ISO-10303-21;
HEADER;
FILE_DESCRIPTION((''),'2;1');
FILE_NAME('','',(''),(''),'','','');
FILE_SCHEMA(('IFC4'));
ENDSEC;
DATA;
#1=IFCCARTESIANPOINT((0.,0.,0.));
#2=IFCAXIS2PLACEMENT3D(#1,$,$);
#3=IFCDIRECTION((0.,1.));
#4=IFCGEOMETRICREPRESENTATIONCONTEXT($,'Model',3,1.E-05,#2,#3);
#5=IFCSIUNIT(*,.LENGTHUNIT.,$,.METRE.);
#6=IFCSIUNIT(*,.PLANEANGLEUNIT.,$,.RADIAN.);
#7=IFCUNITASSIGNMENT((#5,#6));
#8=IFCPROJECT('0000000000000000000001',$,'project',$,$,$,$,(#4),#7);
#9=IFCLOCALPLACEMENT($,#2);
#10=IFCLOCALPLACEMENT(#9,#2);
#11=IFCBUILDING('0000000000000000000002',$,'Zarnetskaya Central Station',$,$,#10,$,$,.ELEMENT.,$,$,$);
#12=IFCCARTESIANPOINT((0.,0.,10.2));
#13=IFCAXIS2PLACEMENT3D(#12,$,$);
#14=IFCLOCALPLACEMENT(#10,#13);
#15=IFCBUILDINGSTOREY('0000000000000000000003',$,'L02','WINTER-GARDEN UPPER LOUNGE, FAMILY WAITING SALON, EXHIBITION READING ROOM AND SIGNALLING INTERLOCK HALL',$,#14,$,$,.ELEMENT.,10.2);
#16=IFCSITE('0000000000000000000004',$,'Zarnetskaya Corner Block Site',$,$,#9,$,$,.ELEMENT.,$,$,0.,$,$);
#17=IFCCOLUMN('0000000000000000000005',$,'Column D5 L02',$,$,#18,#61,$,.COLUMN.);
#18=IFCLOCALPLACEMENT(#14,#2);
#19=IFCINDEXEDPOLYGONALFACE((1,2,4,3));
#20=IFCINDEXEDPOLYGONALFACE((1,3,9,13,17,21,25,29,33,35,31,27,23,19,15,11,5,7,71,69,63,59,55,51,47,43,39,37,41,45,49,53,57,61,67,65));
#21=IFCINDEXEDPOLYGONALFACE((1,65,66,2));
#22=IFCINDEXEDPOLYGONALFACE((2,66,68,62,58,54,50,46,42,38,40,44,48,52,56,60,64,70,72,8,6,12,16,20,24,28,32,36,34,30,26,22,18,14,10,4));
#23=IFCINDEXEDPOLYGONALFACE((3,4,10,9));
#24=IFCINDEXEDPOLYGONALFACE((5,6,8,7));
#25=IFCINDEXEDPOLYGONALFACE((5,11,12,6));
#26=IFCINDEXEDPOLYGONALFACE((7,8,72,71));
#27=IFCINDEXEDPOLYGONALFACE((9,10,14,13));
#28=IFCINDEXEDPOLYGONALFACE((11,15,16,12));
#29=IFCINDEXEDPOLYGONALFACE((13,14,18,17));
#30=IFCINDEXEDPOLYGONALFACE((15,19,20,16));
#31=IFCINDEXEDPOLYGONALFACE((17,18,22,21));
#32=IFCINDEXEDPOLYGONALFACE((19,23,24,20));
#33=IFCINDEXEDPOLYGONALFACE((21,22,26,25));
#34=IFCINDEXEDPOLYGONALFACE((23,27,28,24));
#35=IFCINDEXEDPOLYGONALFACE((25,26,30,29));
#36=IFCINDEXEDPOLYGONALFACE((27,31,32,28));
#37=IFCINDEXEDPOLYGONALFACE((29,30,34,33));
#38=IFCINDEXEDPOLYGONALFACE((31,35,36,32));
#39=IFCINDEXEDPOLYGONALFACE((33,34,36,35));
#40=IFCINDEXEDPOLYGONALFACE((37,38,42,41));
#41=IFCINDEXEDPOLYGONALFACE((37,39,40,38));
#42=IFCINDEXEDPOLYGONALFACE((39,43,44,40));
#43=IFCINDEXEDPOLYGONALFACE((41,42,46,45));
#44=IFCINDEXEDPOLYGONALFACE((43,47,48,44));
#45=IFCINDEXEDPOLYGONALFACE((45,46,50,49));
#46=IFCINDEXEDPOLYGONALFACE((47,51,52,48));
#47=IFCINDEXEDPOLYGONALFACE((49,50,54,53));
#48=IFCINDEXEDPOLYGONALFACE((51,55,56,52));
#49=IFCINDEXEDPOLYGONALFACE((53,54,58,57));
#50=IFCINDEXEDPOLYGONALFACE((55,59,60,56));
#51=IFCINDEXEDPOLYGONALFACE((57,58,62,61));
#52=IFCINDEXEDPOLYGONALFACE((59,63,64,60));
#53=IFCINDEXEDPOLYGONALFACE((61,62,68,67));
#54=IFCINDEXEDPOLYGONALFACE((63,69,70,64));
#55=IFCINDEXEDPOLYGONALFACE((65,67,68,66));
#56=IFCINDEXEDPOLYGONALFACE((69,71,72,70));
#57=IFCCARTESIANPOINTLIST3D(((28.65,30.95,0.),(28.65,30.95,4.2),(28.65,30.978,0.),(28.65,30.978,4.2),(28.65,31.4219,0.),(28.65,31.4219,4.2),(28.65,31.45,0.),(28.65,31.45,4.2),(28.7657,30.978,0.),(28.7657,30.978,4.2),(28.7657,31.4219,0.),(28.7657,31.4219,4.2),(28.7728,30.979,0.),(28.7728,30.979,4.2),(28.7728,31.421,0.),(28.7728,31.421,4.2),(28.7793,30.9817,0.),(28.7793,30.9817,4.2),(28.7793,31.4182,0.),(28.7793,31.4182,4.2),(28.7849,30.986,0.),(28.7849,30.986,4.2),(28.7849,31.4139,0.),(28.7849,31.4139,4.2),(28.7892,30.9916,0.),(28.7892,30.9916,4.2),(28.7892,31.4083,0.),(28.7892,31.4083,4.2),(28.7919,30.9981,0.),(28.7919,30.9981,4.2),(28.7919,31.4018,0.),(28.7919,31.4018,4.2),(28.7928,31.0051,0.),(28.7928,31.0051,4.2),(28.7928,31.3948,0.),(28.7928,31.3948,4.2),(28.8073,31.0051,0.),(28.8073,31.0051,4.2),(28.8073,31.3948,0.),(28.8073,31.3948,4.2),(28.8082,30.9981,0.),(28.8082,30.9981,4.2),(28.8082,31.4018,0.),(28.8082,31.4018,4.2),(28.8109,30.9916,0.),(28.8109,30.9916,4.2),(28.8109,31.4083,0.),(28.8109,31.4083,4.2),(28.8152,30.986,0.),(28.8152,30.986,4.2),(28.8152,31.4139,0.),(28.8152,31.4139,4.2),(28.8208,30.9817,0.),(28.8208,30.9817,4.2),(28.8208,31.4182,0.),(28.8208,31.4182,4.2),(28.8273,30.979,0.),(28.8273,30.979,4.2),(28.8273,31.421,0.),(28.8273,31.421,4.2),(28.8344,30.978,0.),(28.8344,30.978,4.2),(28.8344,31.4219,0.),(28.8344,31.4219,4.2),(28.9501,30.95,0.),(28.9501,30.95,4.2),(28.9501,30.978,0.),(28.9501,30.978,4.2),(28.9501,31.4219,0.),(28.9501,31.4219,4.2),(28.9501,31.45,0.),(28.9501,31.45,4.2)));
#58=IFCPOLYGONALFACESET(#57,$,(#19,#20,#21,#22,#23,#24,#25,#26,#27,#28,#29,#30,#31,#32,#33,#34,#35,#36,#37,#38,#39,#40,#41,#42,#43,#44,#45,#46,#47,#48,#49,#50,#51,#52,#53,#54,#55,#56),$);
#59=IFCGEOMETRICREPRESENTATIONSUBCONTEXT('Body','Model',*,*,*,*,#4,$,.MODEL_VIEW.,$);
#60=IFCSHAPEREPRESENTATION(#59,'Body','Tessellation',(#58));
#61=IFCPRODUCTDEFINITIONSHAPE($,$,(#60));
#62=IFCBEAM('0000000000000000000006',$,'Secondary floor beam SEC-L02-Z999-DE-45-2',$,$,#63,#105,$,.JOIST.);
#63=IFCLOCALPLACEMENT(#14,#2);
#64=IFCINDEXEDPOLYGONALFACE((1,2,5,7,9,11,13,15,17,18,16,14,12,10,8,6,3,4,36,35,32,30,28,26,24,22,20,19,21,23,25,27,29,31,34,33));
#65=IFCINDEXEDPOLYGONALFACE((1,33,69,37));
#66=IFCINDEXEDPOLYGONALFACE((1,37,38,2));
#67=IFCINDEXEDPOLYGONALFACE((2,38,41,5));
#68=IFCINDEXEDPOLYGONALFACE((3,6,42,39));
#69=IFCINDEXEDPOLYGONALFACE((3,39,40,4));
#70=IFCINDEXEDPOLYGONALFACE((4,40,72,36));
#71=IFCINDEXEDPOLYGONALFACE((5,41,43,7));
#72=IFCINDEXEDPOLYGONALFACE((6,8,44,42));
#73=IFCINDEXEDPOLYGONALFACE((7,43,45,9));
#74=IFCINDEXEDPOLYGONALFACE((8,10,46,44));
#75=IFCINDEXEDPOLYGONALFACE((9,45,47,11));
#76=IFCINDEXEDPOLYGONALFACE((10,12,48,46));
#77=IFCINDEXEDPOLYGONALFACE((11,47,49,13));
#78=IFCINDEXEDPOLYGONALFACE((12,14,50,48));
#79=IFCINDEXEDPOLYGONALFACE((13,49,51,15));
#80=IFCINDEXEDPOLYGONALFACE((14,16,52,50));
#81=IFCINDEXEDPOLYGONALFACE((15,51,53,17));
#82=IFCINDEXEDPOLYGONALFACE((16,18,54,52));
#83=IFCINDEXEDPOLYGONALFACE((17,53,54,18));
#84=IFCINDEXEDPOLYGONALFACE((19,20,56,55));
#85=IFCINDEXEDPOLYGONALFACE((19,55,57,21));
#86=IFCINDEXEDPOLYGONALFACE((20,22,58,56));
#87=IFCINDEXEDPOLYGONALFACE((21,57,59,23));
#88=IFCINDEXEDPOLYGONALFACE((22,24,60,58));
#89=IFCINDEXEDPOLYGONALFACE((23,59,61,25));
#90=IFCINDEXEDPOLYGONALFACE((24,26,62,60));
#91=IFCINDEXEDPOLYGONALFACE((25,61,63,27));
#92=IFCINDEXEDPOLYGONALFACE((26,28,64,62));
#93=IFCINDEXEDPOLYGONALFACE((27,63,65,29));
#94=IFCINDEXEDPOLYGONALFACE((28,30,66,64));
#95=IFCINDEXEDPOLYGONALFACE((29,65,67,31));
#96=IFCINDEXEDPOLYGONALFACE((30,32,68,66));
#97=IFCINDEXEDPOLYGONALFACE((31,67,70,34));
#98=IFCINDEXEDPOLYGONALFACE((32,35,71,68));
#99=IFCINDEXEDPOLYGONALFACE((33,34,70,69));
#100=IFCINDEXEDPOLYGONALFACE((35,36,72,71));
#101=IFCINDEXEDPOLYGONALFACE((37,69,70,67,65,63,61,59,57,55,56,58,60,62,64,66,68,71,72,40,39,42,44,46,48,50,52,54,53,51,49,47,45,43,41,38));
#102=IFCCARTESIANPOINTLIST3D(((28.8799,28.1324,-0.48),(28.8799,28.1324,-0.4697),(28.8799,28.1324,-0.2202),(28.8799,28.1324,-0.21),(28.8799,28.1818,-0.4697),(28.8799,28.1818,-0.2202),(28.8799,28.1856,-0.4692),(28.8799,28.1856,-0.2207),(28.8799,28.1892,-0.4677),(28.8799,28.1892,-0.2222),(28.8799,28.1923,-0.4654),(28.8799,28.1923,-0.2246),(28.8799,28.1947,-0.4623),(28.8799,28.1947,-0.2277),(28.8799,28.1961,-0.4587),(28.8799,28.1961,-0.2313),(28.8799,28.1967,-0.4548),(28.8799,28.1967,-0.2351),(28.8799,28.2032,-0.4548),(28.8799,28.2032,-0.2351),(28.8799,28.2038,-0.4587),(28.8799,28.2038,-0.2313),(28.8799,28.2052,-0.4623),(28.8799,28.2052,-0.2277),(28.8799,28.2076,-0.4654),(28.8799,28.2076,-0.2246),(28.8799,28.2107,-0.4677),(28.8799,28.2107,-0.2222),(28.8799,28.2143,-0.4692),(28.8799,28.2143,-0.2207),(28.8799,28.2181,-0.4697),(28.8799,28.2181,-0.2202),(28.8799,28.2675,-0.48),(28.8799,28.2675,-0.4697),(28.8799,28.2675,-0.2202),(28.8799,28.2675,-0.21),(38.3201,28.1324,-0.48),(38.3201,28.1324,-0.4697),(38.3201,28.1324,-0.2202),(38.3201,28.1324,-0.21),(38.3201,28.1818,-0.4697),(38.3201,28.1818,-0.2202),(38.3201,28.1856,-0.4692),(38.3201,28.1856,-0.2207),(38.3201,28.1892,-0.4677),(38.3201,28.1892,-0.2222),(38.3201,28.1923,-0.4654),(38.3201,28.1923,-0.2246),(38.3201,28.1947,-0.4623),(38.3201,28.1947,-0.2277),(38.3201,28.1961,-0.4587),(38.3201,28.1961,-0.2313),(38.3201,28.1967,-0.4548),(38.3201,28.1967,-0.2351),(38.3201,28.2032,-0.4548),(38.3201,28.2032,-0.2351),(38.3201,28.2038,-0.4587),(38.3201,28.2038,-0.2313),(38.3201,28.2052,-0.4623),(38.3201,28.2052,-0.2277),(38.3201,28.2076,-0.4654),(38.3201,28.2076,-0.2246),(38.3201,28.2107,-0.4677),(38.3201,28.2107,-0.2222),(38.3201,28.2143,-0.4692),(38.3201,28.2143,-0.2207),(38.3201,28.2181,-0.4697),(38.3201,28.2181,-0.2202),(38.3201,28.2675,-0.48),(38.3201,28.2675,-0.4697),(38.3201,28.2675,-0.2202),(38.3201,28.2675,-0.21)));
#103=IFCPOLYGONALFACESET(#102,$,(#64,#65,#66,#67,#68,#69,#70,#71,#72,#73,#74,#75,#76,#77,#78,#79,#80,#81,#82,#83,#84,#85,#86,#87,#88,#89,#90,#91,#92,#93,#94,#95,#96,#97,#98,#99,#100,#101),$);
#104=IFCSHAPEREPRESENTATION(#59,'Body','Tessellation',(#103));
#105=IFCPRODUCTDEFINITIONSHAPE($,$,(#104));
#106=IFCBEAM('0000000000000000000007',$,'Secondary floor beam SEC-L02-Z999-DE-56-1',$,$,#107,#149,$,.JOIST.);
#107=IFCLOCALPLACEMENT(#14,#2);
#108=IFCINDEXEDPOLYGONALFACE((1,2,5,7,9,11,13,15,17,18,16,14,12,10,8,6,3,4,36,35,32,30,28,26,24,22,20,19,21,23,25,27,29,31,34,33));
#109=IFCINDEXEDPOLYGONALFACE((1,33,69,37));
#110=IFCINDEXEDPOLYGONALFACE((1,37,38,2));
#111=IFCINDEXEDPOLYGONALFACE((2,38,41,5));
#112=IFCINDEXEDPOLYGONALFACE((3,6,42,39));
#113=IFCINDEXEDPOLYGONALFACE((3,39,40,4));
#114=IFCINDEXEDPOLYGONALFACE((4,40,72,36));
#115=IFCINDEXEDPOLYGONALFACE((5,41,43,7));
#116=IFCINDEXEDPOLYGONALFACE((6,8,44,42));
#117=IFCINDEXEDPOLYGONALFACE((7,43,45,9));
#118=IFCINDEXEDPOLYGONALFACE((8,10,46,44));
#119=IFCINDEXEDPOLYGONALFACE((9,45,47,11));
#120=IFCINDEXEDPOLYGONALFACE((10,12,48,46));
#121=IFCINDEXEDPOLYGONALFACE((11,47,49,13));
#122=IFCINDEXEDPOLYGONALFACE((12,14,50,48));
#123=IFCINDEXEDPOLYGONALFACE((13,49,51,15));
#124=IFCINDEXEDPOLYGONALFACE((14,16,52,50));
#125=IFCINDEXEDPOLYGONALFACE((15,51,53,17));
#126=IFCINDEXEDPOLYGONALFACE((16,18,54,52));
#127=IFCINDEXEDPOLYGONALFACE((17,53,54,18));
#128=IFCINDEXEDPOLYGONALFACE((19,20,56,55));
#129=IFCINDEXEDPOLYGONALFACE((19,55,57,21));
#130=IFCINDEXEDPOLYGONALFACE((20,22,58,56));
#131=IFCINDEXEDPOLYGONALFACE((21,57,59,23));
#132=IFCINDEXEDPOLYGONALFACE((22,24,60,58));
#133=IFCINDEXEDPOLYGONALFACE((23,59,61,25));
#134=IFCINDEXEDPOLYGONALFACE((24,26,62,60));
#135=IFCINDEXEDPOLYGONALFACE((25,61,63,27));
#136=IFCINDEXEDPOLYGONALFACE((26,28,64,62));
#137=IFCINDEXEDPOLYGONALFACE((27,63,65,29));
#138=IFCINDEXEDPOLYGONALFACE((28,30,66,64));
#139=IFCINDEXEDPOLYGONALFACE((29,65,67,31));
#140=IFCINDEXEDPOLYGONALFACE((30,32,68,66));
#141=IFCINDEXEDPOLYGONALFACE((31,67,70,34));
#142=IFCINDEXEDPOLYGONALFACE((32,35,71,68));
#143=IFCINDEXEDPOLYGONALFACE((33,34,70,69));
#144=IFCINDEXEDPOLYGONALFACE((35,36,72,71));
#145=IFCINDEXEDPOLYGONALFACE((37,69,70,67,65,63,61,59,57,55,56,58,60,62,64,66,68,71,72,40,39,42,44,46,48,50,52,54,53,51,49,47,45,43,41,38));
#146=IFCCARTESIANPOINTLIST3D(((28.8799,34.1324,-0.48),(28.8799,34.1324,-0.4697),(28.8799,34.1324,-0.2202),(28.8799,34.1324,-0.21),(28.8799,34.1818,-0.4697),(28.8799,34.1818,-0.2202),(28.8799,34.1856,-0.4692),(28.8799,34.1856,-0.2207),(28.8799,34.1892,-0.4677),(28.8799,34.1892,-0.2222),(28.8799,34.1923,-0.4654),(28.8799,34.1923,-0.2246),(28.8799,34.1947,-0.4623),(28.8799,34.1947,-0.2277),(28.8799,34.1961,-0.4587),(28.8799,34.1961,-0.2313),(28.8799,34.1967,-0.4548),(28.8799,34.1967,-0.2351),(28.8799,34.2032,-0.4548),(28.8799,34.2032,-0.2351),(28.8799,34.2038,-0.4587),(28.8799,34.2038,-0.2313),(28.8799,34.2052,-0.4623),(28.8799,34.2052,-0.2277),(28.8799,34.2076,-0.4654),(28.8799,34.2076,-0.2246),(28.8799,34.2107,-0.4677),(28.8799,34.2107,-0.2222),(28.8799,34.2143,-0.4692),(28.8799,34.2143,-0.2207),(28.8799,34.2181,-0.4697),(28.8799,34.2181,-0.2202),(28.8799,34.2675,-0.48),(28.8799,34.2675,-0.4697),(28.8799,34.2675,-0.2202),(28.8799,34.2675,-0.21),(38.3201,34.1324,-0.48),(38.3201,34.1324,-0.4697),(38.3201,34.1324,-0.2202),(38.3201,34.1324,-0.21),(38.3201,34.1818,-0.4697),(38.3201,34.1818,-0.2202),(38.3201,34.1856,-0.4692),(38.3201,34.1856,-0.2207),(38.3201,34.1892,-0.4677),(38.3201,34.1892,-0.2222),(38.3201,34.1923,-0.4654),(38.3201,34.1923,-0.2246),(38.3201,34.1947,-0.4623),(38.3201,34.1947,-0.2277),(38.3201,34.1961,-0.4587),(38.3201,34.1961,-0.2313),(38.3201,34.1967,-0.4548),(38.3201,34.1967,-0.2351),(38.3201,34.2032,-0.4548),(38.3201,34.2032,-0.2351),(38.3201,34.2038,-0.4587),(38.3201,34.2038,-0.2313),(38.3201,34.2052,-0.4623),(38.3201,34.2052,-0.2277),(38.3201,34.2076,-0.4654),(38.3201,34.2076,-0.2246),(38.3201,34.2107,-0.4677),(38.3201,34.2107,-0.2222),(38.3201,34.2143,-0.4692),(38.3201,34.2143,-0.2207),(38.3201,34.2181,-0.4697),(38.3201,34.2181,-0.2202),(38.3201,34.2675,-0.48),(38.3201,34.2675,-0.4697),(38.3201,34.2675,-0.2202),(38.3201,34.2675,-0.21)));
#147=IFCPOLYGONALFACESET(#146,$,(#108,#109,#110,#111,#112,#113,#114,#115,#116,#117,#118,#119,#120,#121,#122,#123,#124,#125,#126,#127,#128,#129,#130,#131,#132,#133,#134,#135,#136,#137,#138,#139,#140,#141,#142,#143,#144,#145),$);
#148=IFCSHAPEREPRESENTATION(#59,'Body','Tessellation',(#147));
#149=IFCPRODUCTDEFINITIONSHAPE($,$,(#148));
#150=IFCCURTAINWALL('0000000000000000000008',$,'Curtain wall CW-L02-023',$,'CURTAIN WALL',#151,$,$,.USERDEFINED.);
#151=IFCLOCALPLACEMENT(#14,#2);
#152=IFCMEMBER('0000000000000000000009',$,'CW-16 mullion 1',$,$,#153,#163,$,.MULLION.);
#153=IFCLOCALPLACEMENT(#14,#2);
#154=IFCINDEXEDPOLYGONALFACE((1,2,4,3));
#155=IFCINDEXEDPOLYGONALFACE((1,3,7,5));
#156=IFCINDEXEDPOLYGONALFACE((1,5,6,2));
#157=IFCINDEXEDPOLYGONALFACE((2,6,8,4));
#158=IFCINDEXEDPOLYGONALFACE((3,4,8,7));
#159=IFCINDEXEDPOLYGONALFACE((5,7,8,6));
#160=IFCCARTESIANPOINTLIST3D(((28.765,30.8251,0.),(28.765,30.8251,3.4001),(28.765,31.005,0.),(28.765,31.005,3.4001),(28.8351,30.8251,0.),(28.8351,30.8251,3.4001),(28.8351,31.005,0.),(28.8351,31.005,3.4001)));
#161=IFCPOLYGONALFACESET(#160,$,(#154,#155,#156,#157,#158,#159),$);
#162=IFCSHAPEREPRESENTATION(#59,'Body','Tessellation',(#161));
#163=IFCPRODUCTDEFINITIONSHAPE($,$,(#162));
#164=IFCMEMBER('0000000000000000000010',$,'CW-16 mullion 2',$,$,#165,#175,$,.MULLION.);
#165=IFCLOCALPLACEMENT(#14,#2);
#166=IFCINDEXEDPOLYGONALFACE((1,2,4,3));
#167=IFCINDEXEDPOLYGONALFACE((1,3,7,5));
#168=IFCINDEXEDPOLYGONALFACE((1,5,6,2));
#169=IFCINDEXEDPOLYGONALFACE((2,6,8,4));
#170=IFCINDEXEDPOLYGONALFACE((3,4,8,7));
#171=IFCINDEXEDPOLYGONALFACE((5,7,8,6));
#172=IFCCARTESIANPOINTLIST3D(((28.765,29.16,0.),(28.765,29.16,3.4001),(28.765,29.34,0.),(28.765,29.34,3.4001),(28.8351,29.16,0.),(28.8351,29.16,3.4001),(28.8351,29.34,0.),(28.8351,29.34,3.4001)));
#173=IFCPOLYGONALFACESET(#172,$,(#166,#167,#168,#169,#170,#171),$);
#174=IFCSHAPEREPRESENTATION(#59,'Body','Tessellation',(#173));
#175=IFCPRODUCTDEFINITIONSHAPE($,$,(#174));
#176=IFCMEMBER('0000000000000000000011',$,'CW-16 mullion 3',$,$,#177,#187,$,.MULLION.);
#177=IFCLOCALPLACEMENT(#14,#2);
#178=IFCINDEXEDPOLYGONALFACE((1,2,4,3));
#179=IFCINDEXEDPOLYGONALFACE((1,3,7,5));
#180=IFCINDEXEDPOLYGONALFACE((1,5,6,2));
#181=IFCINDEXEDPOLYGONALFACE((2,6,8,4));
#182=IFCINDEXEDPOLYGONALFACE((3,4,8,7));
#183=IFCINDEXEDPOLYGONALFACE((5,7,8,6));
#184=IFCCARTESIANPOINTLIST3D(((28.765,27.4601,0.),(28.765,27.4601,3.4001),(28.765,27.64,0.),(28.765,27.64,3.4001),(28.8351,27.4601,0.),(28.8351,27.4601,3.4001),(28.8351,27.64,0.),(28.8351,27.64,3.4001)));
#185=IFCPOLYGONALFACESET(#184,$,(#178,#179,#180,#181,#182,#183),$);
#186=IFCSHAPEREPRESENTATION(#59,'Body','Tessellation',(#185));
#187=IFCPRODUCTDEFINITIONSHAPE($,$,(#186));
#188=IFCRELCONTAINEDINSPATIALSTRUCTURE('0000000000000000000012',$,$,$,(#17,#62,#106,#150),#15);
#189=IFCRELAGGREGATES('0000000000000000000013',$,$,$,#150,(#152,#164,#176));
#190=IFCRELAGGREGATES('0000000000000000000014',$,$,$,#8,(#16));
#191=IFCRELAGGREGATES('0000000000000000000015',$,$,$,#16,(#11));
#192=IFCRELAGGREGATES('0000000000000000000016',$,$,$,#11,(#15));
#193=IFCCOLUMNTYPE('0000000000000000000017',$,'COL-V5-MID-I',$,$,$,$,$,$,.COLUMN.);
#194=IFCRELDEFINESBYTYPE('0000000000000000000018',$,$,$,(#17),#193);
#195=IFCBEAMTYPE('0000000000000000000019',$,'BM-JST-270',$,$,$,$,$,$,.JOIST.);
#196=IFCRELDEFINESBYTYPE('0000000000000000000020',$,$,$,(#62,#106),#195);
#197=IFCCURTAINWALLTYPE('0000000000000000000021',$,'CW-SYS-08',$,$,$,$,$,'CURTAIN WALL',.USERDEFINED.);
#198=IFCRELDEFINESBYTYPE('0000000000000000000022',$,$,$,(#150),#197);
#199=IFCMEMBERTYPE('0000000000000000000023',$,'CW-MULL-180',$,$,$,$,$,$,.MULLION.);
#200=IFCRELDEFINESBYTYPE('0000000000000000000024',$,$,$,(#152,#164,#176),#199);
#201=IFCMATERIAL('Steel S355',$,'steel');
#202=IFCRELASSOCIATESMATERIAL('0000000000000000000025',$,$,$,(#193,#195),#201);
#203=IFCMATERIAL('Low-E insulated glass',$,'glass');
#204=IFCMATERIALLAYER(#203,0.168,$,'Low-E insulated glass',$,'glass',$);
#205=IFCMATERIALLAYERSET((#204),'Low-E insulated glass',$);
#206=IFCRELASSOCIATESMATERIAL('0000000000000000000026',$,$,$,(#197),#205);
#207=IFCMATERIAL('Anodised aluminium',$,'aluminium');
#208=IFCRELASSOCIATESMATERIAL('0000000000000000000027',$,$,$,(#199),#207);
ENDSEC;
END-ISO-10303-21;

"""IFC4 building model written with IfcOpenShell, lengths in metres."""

from ifc_helpers import new_model, si_unit, direction, frame, origin, origin_2d, place, context, subcontext, project, spatial, rectangle, i_section, extrude, material, layer, layer_set, material_profile, profile_set, type_object, element, aggregate, save


model = new_model("IFC4")

# Units and contexts
model_context = context("Model", 3, precision=1e-05, world=origin(), true_north=direction((0.0, 1.0)))
body_context = subcontext(model_context, "Body", "Model", "MODEL_VIEW")
ifc_project = project(units=[si_unit("LENGTHUNIT", "METRE"), si_unit("PLANEANGLEUNIT", "RADIAN")], contexts=[model_context])

# Site, building, storey
site_placement = place(None, origin())
site = spatial("IfcSite", under=ifc_project, at=site_placement, Name="Zarnetskaya Corner Block Site", CompositionType="ELEMENT", RefElevation=0.0)
building_placement = place(site_placement, origin())
building = spatial("IfcBuilding", under=site, at=building_placement, Name="Zarnetskaya Central Station", CompositionType="ELEMENT")
storey_placement = place(building_placement, frame((0.0, 0.0, 10.2)))
storey = spatial("IfcBuildingStorey", under=building, at=storey_placement, Name="L02", Description="WINTER-GARDEN UPPER LOUNGE, FAMILY WAITING SALON, EXHIBITION READING ROOM AND SIGNALLING INTERLOCK HALL", CompositionType="ELEMENT", Elevation=10.2)

# Column
ifc_material_1 = material(Name="Steel S355", Category="steel")
ifc_material_profile_1 = material_profile(ifc_material_1, i_section(OverallWidth=0.3, OverallDepth=0.5, WebThickness=0.0144, FlangeThickness=0.0281, FilletRadius=0.0271, at=origin_2d()), Name="HEB 500")
ifc_profile_set_1 = profile_set([ifc_material_profile_1], Name="Steel S355")
column_type = type_object("IfcColumnType", Name="COL-V5-MID-I", PredefinedType="COLUMN", material=ifc_profile_set_1)
column_placement = place(storey_placement, frame((28.8, 31.2, 0.0), z_axis=(0.0, 0.0, 1.0), x_axis=(1.0, 0.0, 0.0)))
element("IfcColumn", 1, at=column_placement, inside=storey, type_object=column_type, Name="Column D5 L02", PredefinedType="COLUMN", context=body_context, shape_type="SweptSolid", body=[
    extrude(i_section(OverallWidth=0.3, OverallDepth=0.5, WebThickness=0.0144, FlangeThickness=0.0281, FilletRadius=0.0271, at=origin_2d()), origin(), (0.0, 0.0, 1.0), 4.2),
])

# Beams
ifc_material_profile_2 = material_profile(ifc_material_1, i_section(OverallWidth=0.135, OverallDepth=0.27, WebThickness=0.0066, FlangeThickness=0.0103, FilletRadius=0.0149, at=origin_2d()), Name="IPE 270")
ifc_profile_set_2 = profile_set([ifc_material_profile_2], Name="Steel S355")
beam_type_1 = type_object("IfcBeamType", Name="BM-JST-270", PredefinedType="JOIST", material=ifc_profile_set_2)
for number, where, z_axis, x_axis, name in (
    (2, (28.8799, 28.2, -0.345), (1.0, 0.0, 0.0), (0.0, 1.0, 0.0), "Secondary floor beam SEC-L02-Z999-DE-45-2"),
    (3, (28.8799, 34.2, -0.345), (1.0, 0.0, 0.0), (0.0, 1.0, 0.0), "Secondary floor beam SEC-L02-Z999-DE-56-1"),
):
    element("IfcBeam", number, at=place(storey_placement, frame(where, z_axis=z_axis, x_axis=x_axis)), inside=storey, type_object=beam_type_1, Name=name, PredefinedType="JOIST", context=body_context, shape_type="SweptSolid", body=[
        extrude(i_section(OverallWidth=0.135, OverallDepth=0.27, WebThickness=0.0066, FlangeThickness=0.0103, FilletRadius=0.0149, at=origin_2d()), origin(), (0.0, 0.0, 1.0), 9.4402),
    ])

# Curtain wall, members
ifc_material_2 = material(Name="Low-E insulated glass", Category="glass")
ifc_layer_1 = layer(ifc_material_2, 0.168, Name="Low-E insulated glass", Category="glass")
ifc_layer_set_1 = layer_set([ifc_layer_1], Name="Low-E insulated glass")
curtain_wall_type = type_object("IfcCurtainWallType", Name="CW-SYS-08", ElementType="CURTAIN WALL", PredefinedType="USERDEFINED", material=ifc_layer_set_1)
curtain_wall_placement = place(storey_placement, origin())
curtain_wall = element("IfcCurtainWall", 4, at=curtain_wall_placement, inside=storey, type_object=curtain_wall_type, Name="Curtain wall CW-L02-023", ObjectType="CURTAIN WALL", PredefinedType="USERDEFINED")
ifc_material_3 = material(Name="Anodised aluminium", Category="aluminium")
ifc_material_profile_3 = material_profile(ifc_material_3, rectangle(XDim=0.0701, YDim=0.1799, at=origin_2d()), Name="ALU MULL 70x180")
ifc_profile_set_3 = profile_set([ifc_material_profile_3], Name="Anodised aluminium")
member_type_1 = type_object("IfcMemberType", Name="CW-MULL-180", PredefinedType="MULLION", material=ifc_profile_set_3)
member_1_placement = place(storey_placement, frame((28.8, 30.915, 0.0), z_axis=(0.0, 0.0, 1.0), x_axis=(1.0, 0.0, 0.0)))
member_1 = element("IfcMember", 5, at=member_1_placement, type_object=member_type_1, Name="CW-16 mullion 1", PredefinedType="MULLION", context=body_context, shape_type="SweptSolid", body=[
    extrude(rectangle(XDim=0.0701, YDim=0.1799, at=origin_2d()), origin(), (0.0, 0.0, 1.0), 3.4001),
])
member_2_placement = place(storey_placement, frame((28.8, 29.25, 0.0), z_axis=(0.0, 0.0, 1.0), x_axis=(1.0, 0.0, 0.0)))
member_2 = element("IfcMember", 6, at=member_2_placement, type_object=member_type_1, Name="CW-16 mullion 2", PredefinedType="MULLION", context=body_context, shape_type="SweptSolid", body=[
    extrude(rectangle(XDim=0.0701, YDim=0.1799, at=origin_2d()), origin(), (0.0, 0.0, 1.0), 3.4001),
])
member_3_placement = place(storey_placement, frame((28.8, 27.55, 0.0), z_axis=(0.0, 0.0, 1.0), x_axis=(1.0, 0.0, 0.0)))
member_3 = element("IfcMember", 7, at=member_3_placement, type_object=member_type_1, Name="CW-16 mullion 3", PredefinedType="MULLION", context=body_context, shape_type="SweptSolid", body=[
    extrude(rectangle(XDim=0.0701, YDim=0.1799, at=origin_2d()), origin(), (0.0, 0.0, 1.0), 3.4001),
])

aggregate(curtain_wall, [member_1, member_2, member_3])

save(model, "model.ifc")
